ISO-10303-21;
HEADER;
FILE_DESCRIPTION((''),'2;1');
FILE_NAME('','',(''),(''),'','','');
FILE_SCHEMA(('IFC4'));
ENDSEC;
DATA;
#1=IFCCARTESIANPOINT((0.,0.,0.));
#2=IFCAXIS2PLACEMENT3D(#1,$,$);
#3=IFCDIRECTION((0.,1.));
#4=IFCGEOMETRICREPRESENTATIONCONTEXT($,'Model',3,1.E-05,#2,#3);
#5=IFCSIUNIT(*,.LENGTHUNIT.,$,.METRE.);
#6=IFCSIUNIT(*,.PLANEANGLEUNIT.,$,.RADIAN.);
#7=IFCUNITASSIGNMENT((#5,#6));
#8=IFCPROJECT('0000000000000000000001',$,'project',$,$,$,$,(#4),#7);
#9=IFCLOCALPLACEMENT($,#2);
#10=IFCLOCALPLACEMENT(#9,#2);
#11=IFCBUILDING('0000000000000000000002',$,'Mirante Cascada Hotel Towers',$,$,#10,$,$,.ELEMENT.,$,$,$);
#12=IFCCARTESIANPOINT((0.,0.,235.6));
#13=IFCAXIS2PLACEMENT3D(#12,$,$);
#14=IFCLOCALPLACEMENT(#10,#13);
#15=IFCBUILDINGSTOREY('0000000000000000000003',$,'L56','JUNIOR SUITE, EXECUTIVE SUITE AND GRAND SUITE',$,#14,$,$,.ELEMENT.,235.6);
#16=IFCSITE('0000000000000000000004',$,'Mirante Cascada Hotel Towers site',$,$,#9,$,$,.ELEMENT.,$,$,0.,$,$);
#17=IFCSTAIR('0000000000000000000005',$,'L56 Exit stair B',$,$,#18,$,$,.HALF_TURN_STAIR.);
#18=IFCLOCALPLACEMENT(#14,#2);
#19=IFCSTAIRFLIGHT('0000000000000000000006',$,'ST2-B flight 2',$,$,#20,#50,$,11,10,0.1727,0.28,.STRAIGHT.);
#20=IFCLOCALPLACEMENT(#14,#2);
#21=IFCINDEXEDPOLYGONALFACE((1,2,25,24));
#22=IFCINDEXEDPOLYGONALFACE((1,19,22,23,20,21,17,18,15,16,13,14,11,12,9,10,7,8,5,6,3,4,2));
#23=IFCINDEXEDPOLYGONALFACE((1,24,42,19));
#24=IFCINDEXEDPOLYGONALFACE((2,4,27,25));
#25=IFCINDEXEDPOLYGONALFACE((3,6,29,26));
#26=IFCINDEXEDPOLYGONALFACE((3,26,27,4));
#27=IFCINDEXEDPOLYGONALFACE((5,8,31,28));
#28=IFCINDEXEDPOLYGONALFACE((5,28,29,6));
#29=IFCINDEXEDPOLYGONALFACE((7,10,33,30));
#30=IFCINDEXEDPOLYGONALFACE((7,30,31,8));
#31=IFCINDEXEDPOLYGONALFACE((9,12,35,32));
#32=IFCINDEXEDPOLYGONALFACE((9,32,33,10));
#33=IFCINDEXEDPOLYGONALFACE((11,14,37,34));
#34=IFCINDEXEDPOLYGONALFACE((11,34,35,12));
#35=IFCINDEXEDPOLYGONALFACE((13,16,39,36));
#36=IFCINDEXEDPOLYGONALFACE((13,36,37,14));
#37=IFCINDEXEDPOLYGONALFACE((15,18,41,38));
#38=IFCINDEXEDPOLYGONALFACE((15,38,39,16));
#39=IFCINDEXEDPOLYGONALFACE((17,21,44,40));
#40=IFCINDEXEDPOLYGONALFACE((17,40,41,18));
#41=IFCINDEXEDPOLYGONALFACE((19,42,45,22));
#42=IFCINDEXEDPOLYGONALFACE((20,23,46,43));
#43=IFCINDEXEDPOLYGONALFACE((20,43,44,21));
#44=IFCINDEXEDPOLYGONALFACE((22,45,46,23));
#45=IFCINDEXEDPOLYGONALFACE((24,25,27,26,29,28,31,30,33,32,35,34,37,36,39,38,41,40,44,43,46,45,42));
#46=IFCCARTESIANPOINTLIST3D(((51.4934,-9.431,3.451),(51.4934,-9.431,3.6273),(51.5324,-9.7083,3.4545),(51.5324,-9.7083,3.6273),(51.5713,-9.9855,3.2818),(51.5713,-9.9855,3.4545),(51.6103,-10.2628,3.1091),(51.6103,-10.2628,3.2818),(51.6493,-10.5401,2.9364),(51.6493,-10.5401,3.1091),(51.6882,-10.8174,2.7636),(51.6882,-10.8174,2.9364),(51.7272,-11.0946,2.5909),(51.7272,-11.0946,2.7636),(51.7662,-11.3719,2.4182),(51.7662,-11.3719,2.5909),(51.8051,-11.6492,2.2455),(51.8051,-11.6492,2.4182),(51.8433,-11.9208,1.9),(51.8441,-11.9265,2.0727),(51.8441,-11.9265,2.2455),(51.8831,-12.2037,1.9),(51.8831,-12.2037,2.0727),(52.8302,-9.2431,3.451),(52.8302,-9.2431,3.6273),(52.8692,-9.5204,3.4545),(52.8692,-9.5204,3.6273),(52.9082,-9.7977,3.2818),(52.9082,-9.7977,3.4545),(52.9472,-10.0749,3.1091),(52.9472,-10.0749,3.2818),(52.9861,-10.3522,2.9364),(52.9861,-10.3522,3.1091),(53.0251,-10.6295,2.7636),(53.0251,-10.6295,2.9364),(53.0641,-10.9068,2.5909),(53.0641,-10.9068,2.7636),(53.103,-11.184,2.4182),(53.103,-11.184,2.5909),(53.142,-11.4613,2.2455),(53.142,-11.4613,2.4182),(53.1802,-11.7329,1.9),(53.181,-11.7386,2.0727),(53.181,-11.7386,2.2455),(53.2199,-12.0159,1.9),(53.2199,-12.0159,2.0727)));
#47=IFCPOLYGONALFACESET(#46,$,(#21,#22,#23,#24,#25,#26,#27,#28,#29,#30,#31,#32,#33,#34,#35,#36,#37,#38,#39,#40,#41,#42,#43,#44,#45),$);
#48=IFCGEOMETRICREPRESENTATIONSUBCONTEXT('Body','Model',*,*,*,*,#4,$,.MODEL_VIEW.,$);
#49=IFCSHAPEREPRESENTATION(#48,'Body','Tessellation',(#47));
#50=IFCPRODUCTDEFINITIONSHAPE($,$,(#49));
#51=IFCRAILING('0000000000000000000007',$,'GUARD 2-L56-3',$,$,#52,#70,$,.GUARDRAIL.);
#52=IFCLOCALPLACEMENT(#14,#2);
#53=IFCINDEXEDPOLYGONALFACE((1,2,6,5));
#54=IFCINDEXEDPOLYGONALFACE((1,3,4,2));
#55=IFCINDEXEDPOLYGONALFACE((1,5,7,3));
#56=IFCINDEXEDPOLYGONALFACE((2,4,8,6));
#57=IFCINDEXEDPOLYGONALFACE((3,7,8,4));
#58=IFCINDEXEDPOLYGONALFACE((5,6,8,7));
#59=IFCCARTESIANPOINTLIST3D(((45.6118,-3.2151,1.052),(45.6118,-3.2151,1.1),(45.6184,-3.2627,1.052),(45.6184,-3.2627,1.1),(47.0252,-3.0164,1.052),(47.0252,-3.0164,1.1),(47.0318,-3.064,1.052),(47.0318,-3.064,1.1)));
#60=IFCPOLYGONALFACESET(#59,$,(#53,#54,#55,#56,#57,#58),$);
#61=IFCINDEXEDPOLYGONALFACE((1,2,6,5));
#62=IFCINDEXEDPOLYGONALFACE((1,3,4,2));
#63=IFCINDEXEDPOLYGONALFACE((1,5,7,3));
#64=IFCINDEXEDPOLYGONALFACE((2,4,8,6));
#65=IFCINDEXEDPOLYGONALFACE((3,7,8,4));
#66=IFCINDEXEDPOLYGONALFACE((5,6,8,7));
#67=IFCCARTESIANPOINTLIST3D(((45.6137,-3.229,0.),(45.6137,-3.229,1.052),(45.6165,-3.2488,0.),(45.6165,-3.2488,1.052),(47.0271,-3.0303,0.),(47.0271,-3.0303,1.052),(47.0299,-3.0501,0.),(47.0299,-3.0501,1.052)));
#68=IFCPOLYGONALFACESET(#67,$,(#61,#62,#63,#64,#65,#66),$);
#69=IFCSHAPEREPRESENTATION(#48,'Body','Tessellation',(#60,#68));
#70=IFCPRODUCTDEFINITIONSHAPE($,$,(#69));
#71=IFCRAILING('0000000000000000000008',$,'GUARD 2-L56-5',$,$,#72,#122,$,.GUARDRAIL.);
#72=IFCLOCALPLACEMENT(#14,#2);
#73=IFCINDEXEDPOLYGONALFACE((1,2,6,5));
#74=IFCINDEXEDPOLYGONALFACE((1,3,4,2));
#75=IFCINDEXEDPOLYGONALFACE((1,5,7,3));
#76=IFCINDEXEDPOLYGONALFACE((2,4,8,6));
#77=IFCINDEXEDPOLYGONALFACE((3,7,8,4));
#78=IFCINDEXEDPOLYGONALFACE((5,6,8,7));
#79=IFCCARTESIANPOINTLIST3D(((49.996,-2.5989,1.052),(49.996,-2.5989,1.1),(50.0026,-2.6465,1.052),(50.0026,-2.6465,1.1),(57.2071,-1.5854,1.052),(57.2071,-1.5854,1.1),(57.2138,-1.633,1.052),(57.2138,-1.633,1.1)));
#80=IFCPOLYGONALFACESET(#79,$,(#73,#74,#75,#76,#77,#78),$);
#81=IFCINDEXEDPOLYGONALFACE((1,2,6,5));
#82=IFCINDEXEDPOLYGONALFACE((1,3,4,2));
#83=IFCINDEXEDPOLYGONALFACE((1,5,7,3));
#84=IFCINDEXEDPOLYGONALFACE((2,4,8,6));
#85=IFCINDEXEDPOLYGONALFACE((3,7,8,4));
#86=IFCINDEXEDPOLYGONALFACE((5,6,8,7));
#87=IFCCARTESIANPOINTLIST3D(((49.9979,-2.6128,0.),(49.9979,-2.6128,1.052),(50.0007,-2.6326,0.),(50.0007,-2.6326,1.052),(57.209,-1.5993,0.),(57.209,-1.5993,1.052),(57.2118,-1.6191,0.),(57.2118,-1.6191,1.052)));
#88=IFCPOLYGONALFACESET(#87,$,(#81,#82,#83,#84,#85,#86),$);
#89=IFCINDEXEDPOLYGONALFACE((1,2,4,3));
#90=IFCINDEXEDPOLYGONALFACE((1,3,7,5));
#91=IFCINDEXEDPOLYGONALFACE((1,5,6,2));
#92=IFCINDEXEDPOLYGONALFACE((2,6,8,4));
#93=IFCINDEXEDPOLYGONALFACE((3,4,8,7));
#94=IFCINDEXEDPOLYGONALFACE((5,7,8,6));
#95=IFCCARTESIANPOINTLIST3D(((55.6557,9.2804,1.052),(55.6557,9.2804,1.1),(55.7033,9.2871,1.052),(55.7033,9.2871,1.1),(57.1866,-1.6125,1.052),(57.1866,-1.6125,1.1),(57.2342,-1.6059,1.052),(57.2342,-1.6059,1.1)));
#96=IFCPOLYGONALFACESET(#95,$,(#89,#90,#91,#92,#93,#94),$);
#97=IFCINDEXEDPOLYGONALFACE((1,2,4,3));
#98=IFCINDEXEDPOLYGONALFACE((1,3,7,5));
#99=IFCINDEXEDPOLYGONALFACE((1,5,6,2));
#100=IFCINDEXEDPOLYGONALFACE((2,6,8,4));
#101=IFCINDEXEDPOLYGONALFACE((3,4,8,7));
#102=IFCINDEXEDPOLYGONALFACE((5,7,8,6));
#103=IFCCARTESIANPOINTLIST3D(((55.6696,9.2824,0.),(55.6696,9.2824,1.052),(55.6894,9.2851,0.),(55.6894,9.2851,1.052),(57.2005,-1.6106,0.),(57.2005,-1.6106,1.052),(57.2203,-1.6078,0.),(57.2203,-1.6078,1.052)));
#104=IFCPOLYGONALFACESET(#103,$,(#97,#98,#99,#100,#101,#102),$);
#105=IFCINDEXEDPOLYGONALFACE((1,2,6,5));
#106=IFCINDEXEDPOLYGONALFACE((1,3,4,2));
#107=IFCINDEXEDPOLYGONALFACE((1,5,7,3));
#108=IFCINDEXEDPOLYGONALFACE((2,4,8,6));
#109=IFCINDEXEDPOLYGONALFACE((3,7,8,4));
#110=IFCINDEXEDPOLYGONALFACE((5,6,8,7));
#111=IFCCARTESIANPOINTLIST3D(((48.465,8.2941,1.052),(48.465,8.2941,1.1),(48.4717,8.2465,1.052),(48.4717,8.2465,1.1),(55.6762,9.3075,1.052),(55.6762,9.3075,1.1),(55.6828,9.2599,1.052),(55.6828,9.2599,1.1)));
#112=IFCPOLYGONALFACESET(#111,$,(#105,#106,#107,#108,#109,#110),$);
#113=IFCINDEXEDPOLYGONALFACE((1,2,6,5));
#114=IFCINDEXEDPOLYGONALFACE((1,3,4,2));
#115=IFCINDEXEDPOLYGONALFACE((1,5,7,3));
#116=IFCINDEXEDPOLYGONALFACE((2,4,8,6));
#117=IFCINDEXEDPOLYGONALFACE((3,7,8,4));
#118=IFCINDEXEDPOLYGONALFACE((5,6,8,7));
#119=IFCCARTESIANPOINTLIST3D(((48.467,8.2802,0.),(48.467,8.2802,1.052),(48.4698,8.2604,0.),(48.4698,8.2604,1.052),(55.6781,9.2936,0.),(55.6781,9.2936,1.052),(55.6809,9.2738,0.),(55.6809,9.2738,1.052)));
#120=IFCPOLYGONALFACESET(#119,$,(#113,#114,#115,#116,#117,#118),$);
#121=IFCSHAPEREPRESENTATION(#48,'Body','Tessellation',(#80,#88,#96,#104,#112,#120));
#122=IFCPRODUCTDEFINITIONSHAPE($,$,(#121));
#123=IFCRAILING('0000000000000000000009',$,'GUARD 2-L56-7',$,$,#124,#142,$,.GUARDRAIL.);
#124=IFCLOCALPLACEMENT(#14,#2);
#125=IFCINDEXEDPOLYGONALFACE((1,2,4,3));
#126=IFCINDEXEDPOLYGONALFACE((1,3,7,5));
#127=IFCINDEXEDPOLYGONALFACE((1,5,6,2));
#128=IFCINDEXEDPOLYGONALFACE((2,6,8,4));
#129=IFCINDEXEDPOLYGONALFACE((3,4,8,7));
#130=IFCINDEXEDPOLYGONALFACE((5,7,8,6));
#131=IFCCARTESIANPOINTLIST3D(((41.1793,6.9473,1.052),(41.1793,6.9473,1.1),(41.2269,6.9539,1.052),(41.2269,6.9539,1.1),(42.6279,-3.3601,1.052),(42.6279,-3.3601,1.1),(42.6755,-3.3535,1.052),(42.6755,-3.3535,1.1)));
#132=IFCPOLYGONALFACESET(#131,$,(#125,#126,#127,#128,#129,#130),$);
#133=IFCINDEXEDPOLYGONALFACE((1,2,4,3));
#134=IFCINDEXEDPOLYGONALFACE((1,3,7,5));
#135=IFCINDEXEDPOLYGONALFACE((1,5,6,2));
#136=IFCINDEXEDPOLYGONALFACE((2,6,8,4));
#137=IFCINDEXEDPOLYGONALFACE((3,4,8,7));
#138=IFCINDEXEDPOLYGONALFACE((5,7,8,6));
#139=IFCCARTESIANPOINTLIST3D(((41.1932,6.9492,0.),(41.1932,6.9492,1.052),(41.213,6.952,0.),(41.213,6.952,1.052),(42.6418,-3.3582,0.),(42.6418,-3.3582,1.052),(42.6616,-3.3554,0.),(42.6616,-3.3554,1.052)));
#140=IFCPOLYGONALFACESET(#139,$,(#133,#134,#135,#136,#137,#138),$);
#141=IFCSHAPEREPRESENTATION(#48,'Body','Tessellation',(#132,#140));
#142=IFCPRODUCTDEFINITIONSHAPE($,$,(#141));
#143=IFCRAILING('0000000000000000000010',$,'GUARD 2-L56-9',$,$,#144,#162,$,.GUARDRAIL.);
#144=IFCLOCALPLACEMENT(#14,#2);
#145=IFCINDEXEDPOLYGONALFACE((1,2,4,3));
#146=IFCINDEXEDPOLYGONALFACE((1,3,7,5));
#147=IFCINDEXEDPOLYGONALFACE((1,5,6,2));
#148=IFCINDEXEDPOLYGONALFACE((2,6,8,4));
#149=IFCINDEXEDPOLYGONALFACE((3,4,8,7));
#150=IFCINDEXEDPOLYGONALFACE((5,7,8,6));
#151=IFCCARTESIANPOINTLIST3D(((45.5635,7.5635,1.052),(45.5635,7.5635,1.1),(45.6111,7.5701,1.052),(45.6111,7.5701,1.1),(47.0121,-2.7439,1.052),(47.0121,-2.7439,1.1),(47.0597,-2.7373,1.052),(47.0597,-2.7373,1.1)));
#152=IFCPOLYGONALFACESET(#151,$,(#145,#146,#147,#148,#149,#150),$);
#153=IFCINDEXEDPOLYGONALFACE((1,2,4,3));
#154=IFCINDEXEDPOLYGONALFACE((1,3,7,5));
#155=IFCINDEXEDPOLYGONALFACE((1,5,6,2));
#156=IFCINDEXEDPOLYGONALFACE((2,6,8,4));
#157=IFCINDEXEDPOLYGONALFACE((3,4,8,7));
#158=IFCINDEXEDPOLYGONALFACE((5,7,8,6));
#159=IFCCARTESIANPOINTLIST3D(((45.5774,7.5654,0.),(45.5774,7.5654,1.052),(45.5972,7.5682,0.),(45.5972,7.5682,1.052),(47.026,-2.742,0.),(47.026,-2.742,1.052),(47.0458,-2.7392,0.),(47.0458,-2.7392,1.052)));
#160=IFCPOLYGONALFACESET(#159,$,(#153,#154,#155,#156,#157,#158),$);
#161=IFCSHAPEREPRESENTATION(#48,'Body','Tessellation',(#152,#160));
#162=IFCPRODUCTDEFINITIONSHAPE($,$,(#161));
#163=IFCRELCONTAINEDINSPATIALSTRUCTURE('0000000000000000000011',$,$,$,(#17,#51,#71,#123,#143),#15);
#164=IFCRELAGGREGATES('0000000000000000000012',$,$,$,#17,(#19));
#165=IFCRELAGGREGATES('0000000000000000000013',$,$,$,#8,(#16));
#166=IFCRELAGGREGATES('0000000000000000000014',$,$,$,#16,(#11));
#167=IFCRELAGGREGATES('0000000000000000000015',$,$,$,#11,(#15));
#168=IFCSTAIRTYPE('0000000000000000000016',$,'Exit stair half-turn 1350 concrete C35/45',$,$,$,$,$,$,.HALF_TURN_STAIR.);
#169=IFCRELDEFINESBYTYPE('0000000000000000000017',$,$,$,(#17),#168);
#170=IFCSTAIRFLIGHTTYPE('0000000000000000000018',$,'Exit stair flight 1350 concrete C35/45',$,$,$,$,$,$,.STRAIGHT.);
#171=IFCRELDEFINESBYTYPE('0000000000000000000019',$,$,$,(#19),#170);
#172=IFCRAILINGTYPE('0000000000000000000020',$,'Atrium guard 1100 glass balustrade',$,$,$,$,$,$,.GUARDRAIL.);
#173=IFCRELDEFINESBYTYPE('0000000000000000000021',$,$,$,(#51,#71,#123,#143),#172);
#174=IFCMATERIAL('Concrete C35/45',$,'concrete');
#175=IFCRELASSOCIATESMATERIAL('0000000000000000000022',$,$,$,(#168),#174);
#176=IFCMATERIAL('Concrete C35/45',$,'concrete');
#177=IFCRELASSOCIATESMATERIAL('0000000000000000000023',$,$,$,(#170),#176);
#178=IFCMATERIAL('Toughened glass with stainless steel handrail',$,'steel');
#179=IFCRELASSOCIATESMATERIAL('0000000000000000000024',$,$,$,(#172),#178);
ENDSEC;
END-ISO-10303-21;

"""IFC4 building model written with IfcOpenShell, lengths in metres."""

from ifc_helpers import new_model, si_unit, direction, frame, origin, origin_2d, place, context, subcontext, project, spatial, polyline, rectangle, outline, extrude, material, type_object, element, aggregate, save


model = new_model("IFC4")

# Units and contexts
model_context = context("Model", 3, precision=1e-05, world=origin(), true_north=direction((0.0, 1.0)))
body_context = subcontext(model_context, "Body", "Model", "MODEL_VIEW")
ifc_project = project(units=[si_unit("LENGTHUNIT", "METRE"), si_unit("PLANEANGLEUNIT", "RADIAN")], contexts=[model_context])

# Site, building, storey
site_placement = place(None, origin())
site = spatial("IfcSite", under=ifc_project, at=site_placement, Name="Mirante Cascada Hotel Towers site", CompositionType="ELEMENT", RefElevation=0.0)
building_placement = place(site_placement, origin())
building = spatial("IfcBuilding", under=site, at=building_placement, Name="Mirante Cascada Hotel Towers", CompositionType="ELEMENT")
storey_placement = place(building_placement, frame((0.0, 0.0, 235.6)))
storey = spatial("IfcBuildingStorey", under=building, at=storey_placement, Name="L56", Description="JUNIOR SUITE, EXECUTIVE SUITE AND GRAND SUITE", CompositionType="ELEMENT", Elevation=235.6)

# Stair, stair flight
ifc_material_1 = material(Name="Concrete C35/45", Category="concrete")
stair_type = type_object("IfcStairType", Name="Exit stair half-turn 1350 concrete C35/45", PredefinedType="HALF_TURN_STAIR", material=ifc_material_1)
stair_placement = place(storey_placement, origin())
stair = element("IfcStair", 1, at=stair_placement, inside=storey, type_object=stair_type, Name="L56 Exit stair B", PredefinedType="HALF_TURN_STAIR")
ifc_material_2 = material(Name="Concrete C35/45", Category="concrete")
stair_flight_type = type_object("IfcStairFlightType", Name="Exit stair flight 1350 concrete C35/45", PredefinedType="STRAIGHT", material=ifc_material_2)
stair_flight_1_placement = place(storey_placement, frame((52.5515, -12.1098, 1.9), z_axis=(0.0, 0.0, 1.0), x_axis=(-0.139173, 0.990268, 0.0)))
stair_flight_1 = element("IfcStairFlight", 2, at=stair_flight_1_placement, type_object=stair_flight_type, Name="ST2-B flight 2", NumberOfRisers=11, NumberOfTreads=10, PredefinedType="STRAIGHT", RiserHeight=0.1727, TreadLength=0.28, context=body_context, shape_type="SweptSolid", body=[
    extrude(outline(polyline([(0.0, 0.0), (0.0, 0.1727), (0.28, 0.1727), (0.28, 0.3455), (0.56, 0.3455), (0.56, 0.5182), (0.84, 0.5182), (0.84, 0.6909), (1.12, 0.6909), (1.12, 0.8636), (1.4, 0.8636), (1.4, 1.0364), (1.68, 1.0364), (1.68, 1.2091), (1.96, 1.2091), (1.96, 1.3818), (2.24, 1.3818), (2.24, 1.5545), (2.52, 1.5545), (2.52, 1.7273), (2.8, 1.7273), (2.8, 1.9), (2.8, 1.551), (0.2857, 0.0), (0.0, 0.0)])), frame((0.0, 0.675, 0.0), z_axis=(0.0, -1.0, 0.0), x_axis=(1.0, 0.0, 0.0)), (0.0, 0.0, 1.0), 1.35),
])
aggregate(stair, [stair_flight_1])

# Railings
ifc_material_3 = material(Name="Toughened glass with stainless steel handrail", Category="steel")
railing_type_1 = type_object("IfcRailingType", Name="Atrium guard 1100 glass balustrade", PredefinedType="GUARDRAIL", material=ifc_material_3)
railing_1_placement = place(storey_placement, frame((45.6151, -3.2389, 0.0)))
element("IfcRailing", 3, at=railing_1_placement, inside=storey, type_object=railing_type_1, Name="GUARD 2-L56-3", PredefinedType="GUARDRAIL", context=body_context, shape_type="SweptSolid", body=[
    extrude(rectangle(XDim=0.048, YDim=0.048, at=origin_2d()), frame((0.0, 0.0, 1.076), z_axis=(0.990262, 0.139214, 0.0), x_axis=(-0.139214, 0.990262, 0.0)), (0.0, 0.0, 1.0), 1.4273),
    extrude(rectangle(XDim=0.02, YDim=1.052, at=origin_2d()), frame((0.0, 0.0, 0.526), z_axis=(0.990262, 0.139214, 0.0), x_axis=(-0.139214, 0.990262, 0.0)), (0.0, 0.0, 1.0), 1.4273),
])
railing_2_placement = place(storey_placement, frame((49.9993, -2.6227, 0.0)))
element("IfcRailing", 4, at=railing_2_placement, inside=storey, type_object=railing_type_1, Name="GUARD 2-L56-5", PredefinedType="GUARDRAIL", context=body_context, shape_type="SweptSolid", body=[
    extrude(rectangle(XDim=0.048, YDim=0.048, at=origin_2d()), frame((0.0, 0.0, 1.076), z_axis=(0.990267, 0.139179, 0.0), x_axis=(-0.139179, 0.990267, 0.0)), (0.0, 0.0, 1.0), 7.282),
    extrude(rectangle(XDim=0.02, YDim=1.052, at=origin_2d()), frame((0.0, 0.0, 0.526), z_axis=(0.990267, 0.139179, 0.0), x_axis=(-0.139179, 0.990267, 0.0)), (0.0, 0.0, 1.0), 7.282),
    extrude(rectangle(XDim=0.048, YDim=0.048, at=origin_2d()), frame((7.2111, 1.0135, 1.076), z_axis=(-0.139173, 0.990268, 0.0), x_axis=(-0.990268, -0.139173, 0.0)), (0.0, 0.0, 1.0), 11.0),
    extrude(rectangle(XDim=0.02, YDim=1.052, at=origin_2d()), frame((7.2111, 1.0135, 0.526), z_axis=(-0.139173, 0.990268, 0.0), x_axis=(-0.990268, -0.139173, 0.0)), (0.0, 0.0, 1.0), 11.0),
    extrude(rectangle(XDim=0.048, YDim=0.048, at=origin_2d()), frame((5.6802, 11.9064, 1.076), z_axis=(-0.990269, -0.139166, 0.0), x_axis=(0.139166, -0.990269, 0.0)), (0.0, 0.0, 1.0), 7.282),
    extrude(rectangle(XDim=0.02, YDim=1.052, at=origin_2d()), frame((5.6802, 11.9064, 0.526), z_axis=(-0.990269, -0.139166, 0.0), x_axis=(0.139166, -0.990269, 0.0)), (0.0, 0.0, 1.0), 7.282),
])
for number, where, name in (
    (5, (42.6517, -3.3568, 0.0), "GUARD 2-L56-7"),
    (6, (47.0359, -2.7406, 0.0), "GUARD 2-L56-9"),
):
    element("IfcRailing", number, at=place(storey_placement, frame(where)), inside=storey, type_object=railing_type_1, Name=name, PredefinedType="GUARDRAIL", context=body_context, shape_type="SweptSolid", body=[
        extrude(rectangle(XDim=0.048, YDim=0.048, at=origin_2d()), frame((0.0, 0.0, 1.076), z_axis=(-0.139172, 0.990268, 0.0), x_axis=(-0.990268, -0.139172, 0.0)), (0.0, 0.0, 1.0), 10.4087),
        extrude(rectangle(XDim=0.02, YDim=1.052, at=origin_2d()), frame((0.0, 0.0, 0.526), z_axis=(-0.139172, 0.990268, 0.0), x_axis=(-0.990268, -0.139172, 0.0)), (0.0, 0.0, 1.0), 10.4087),
    ])

save(model, "model.ifc")
